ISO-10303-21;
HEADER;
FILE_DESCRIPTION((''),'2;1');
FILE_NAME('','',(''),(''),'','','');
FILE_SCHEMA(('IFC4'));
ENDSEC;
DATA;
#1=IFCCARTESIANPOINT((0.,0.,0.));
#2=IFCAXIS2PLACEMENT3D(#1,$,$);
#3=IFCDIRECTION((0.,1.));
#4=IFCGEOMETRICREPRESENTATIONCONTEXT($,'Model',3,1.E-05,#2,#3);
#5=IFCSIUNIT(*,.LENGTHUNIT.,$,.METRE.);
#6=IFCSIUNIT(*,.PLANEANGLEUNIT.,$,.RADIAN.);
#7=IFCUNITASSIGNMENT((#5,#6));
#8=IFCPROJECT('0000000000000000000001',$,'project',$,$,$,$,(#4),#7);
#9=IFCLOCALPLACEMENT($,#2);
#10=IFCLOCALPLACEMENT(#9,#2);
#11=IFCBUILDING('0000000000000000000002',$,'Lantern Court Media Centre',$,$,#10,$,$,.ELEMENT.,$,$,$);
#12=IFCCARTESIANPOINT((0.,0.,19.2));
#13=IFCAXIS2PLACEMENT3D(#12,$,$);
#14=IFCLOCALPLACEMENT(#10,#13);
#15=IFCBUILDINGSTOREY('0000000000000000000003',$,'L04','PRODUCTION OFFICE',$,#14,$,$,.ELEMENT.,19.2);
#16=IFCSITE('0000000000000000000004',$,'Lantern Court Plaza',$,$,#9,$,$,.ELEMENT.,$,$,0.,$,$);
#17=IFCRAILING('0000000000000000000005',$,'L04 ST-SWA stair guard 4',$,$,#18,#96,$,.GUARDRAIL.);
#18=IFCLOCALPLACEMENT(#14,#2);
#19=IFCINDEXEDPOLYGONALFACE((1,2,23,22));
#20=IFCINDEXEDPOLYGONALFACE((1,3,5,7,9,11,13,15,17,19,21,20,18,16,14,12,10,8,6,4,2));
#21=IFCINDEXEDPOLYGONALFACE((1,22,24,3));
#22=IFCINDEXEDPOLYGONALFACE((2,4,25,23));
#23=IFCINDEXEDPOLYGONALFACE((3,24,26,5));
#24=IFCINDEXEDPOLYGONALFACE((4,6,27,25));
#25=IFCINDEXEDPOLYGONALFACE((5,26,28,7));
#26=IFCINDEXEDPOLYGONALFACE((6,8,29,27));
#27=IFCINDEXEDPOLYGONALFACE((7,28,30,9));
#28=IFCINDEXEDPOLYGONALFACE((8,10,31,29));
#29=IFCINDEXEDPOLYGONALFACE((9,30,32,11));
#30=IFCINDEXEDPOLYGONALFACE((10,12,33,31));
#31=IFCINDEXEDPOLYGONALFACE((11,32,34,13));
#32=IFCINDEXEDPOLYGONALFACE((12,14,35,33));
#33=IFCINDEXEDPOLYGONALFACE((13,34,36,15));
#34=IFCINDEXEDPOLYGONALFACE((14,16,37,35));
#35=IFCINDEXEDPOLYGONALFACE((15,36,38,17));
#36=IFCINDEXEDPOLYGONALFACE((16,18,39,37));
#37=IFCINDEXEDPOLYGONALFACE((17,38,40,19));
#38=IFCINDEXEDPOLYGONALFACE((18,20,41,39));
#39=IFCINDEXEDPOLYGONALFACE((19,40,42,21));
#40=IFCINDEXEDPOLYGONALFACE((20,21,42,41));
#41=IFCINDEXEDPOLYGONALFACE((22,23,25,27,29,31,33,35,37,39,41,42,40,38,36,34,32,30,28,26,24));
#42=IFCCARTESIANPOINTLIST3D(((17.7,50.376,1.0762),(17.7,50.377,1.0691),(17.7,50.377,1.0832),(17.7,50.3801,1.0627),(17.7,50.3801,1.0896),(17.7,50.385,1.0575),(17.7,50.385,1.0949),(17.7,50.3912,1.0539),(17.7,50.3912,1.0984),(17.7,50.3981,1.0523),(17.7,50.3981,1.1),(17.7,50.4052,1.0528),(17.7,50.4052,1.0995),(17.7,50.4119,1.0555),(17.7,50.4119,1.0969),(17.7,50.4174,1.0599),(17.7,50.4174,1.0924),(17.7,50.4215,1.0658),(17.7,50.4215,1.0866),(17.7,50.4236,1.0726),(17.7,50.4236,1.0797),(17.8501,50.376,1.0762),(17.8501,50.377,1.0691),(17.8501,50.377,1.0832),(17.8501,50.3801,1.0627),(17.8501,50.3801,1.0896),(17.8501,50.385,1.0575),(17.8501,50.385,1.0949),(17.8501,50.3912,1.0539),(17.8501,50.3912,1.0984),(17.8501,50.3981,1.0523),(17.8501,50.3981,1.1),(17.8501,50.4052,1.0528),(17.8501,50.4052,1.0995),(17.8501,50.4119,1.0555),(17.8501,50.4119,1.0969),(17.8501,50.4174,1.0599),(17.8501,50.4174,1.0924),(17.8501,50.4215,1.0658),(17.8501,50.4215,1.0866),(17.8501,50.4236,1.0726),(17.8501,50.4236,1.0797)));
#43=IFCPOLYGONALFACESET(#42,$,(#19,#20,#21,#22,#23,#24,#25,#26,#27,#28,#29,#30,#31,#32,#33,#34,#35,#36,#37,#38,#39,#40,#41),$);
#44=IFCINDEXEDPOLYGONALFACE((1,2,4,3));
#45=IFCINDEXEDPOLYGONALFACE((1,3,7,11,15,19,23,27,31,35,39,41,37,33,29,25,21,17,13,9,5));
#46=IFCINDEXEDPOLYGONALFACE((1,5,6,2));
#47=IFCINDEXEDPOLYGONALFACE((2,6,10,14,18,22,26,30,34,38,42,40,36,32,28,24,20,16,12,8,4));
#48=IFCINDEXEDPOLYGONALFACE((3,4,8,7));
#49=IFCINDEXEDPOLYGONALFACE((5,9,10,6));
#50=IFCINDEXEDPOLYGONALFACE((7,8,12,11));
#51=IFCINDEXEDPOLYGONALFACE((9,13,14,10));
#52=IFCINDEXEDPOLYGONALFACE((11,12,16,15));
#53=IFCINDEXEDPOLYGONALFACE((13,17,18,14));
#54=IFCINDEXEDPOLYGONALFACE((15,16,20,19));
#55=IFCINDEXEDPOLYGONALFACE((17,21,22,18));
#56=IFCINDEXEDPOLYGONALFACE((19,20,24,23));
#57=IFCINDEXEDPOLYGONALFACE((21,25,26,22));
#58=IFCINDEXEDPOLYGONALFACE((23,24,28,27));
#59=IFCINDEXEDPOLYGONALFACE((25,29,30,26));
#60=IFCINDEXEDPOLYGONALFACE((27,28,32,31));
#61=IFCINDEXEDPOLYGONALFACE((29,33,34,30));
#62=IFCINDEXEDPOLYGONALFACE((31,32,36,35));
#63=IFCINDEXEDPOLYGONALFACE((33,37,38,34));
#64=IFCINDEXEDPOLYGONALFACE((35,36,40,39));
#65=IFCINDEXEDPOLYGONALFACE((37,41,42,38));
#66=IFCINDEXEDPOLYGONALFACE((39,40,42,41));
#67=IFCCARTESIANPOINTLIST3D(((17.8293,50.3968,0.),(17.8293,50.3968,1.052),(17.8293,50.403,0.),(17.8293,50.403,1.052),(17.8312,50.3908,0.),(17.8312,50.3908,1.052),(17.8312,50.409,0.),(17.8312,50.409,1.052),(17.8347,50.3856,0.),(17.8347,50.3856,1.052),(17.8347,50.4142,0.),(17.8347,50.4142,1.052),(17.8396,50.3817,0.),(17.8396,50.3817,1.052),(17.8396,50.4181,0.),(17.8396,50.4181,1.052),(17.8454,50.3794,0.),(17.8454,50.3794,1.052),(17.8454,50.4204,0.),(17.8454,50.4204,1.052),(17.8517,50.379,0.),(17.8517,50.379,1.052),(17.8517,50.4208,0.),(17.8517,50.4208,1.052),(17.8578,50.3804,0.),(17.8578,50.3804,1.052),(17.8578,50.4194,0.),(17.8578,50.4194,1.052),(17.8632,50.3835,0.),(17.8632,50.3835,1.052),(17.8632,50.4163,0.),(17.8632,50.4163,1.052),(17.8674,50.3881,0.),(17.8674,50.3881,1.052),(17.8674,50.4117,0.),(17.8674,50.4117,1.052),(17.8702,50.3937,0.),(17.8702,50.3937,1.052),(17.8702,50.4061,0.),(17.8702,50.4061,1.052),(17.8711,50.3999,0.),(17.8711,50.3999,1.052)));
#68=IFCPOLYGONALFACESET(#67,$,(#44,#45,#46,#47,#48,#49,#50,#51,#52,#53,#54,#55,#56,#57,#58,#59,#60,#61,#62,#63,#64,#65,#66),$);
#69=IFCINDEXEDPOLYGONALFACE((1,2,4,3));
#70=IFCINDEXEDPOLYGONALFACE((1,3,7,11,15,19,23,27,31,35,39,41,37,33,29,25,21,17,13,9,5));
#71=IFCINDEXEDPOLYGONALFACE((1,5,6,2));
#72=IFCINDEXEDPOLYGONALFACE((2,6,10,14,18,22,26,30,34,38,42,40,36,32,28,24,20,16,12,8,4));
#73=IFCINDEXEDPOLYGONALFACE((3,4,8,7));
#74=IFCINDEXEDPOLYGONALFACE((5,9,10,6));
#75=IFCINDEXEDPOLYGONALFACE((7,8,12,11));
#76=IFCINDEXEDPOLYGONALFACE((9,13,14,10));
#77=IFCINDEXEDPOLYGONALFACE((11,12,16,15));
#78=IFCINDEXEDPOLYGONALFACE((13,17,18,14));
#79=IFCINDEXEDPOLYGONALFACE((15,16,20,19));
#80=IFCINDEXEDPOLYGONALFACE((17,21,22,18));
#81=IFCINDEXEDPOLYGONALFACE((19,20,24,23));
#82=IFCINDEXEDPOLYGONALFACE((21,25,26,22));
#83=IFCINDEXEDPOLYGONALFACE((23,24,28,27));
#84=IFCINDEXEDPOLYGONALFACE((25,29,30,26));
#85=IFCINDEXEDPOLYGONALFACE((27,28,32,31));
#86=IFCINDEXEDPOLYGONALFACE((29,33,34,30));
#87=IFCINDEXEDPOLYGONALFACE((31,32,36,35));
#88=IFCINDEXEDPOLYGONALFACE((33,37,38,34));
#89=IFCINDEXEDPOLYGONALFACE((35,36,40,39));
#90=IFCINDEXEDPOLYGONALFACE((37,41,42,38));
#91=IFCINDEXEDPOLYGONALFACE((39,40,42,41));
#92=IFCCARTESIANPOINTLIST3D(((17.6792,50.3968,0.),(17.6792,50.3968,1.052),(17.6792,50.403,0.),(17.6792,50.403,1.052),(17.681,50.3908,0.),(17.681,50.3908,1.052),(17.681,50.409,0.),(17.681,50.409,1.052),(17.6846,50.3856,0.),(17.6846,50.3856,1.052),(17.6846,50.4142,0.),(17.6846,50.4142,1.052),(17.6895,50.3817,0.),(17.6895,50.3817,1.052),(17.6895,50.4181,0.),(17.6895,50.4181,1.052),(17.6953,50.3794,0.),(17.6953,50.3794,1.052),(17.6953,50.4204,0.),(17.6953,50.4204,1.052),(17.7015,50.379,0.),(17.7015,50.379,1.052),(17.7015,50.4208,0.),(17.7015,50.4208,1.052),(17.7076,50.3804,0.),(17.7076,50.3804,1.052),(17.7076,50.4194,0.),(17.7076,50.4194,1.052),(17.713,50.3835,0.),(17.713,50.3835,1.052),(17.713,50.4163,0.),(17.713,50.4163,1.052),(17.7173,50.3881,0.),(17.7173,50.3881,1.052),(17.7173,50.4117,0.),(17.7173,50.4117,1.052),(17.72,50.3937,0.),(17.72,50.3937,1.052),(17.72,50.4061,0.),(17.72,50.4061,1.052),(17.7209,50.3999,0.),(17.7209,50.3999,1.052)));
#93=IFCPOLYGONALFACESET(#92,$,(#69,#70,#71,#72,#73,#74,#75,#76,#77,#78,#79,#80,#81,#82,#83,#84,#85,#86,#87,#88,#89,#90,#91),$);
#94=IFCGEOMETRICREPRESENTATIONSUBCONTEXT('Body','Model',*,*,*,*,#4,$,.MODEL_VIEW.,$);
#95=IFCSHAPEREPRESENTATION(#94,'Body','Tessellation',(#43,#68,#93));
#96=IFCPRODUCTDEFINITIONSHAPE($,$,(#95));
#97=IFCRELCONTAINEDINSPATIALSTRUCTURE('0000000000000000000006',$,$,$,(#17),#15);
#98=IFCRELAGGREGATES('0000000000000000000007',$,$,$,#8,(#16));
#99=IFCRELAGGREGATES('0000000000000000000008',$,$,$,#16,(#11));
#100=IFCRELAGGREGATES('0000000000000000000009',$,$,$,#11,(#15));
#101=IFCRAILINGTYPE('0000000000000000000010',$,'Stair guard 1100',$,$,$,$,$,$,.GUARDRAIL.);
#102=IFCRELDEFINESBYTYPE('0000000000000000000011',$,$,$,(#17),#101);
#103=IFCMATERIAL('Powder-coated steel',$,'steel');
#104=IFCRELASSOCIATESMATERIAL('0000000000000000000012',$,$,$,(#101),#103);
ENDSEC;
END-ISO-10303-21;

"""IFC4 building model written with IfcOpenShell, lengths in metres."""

from ifc_helpers import new_model, si_unit, direction, frame, origin, origin_2d, place, context, subcontext, project, spatial, circle, extrude, material, type_object, element, save


model = new_model("IFC4")

# Units and contexts
model_context = context("Model", 3, precision=1e-05, world=origin(), true_north=direction((0.0, 1.0)))
body_context = subcontext(model_context, "Body", "Model", "MODEL_VIEW")
ifc_project = project(units=[si_unit("LENGTHUNIT", "METRE"), si_unit("PLANEANGLEUNIT", "RADIAN")], contexts=[model_context])

# Site, building, storey
site_placement = place(None, origin())
site = spatial("IfcSite", under=ifc_project, at=site_placement, Name="Lantern Court Plaza", CompositionType="ELEMENT", RefElevation=0.0)
building_placement = place(site_placement, origin())
building = spatial("IfcBuilding", under=site, at=building_placement, Name="Lantern Court Media Centre", CompositionType="ELEMENT")
storey_placement = place(building_placement, frame((0.0, 0.0, 19.2)))
storey = spatial("IfcBuildingStorey", under=building, at=storey_placement, Name="L04", Description="PRODUCTION OFFICE", CompositionType="ELEMENT", Elevation=19.2)

# Railing
ifc_material_1 = material(Name="Powder-coated steel", Category="steel")
railing_type_1 = type_object("IfcRailingType", Name="Stair guard 1100", PredefinedType="GUARDRAIL", material=ifc_material_1)
railing_1_placement = place(storey_placement, frame((17.8501, 50.3999, 0.0)))
element("IfcRailing", 1, at=railing_1_placement, inside=storey, type_object=railing_type_1, Name="L04 ST-SWA stair guard 4", PredefinedType="GUARDRAIL", context=body_context, shape_type="SweptSolid", body=[
    extrude(circle(Radius=0.0239, at=origin_2d()), frame((0.0, 0.0, 1.0762), z_axis=(-1.0, 0.0, 0.0), x_axis=(0.0, -1.0, 0.0)), (0.0, 0.0, 1.0), 0.1501),
    extrude(circle(Radius=0.021, at=origin_2d()), origin(), (0.0, 0.0, 1.0), 1.052),
    extrude(circle(Radius=0.021, at=origin_2d()), frame((-0.1501, 0.0, 0.0)), (0.0, 0.0, 1.0), 1.052),
])

save(model, "model.ifc")
